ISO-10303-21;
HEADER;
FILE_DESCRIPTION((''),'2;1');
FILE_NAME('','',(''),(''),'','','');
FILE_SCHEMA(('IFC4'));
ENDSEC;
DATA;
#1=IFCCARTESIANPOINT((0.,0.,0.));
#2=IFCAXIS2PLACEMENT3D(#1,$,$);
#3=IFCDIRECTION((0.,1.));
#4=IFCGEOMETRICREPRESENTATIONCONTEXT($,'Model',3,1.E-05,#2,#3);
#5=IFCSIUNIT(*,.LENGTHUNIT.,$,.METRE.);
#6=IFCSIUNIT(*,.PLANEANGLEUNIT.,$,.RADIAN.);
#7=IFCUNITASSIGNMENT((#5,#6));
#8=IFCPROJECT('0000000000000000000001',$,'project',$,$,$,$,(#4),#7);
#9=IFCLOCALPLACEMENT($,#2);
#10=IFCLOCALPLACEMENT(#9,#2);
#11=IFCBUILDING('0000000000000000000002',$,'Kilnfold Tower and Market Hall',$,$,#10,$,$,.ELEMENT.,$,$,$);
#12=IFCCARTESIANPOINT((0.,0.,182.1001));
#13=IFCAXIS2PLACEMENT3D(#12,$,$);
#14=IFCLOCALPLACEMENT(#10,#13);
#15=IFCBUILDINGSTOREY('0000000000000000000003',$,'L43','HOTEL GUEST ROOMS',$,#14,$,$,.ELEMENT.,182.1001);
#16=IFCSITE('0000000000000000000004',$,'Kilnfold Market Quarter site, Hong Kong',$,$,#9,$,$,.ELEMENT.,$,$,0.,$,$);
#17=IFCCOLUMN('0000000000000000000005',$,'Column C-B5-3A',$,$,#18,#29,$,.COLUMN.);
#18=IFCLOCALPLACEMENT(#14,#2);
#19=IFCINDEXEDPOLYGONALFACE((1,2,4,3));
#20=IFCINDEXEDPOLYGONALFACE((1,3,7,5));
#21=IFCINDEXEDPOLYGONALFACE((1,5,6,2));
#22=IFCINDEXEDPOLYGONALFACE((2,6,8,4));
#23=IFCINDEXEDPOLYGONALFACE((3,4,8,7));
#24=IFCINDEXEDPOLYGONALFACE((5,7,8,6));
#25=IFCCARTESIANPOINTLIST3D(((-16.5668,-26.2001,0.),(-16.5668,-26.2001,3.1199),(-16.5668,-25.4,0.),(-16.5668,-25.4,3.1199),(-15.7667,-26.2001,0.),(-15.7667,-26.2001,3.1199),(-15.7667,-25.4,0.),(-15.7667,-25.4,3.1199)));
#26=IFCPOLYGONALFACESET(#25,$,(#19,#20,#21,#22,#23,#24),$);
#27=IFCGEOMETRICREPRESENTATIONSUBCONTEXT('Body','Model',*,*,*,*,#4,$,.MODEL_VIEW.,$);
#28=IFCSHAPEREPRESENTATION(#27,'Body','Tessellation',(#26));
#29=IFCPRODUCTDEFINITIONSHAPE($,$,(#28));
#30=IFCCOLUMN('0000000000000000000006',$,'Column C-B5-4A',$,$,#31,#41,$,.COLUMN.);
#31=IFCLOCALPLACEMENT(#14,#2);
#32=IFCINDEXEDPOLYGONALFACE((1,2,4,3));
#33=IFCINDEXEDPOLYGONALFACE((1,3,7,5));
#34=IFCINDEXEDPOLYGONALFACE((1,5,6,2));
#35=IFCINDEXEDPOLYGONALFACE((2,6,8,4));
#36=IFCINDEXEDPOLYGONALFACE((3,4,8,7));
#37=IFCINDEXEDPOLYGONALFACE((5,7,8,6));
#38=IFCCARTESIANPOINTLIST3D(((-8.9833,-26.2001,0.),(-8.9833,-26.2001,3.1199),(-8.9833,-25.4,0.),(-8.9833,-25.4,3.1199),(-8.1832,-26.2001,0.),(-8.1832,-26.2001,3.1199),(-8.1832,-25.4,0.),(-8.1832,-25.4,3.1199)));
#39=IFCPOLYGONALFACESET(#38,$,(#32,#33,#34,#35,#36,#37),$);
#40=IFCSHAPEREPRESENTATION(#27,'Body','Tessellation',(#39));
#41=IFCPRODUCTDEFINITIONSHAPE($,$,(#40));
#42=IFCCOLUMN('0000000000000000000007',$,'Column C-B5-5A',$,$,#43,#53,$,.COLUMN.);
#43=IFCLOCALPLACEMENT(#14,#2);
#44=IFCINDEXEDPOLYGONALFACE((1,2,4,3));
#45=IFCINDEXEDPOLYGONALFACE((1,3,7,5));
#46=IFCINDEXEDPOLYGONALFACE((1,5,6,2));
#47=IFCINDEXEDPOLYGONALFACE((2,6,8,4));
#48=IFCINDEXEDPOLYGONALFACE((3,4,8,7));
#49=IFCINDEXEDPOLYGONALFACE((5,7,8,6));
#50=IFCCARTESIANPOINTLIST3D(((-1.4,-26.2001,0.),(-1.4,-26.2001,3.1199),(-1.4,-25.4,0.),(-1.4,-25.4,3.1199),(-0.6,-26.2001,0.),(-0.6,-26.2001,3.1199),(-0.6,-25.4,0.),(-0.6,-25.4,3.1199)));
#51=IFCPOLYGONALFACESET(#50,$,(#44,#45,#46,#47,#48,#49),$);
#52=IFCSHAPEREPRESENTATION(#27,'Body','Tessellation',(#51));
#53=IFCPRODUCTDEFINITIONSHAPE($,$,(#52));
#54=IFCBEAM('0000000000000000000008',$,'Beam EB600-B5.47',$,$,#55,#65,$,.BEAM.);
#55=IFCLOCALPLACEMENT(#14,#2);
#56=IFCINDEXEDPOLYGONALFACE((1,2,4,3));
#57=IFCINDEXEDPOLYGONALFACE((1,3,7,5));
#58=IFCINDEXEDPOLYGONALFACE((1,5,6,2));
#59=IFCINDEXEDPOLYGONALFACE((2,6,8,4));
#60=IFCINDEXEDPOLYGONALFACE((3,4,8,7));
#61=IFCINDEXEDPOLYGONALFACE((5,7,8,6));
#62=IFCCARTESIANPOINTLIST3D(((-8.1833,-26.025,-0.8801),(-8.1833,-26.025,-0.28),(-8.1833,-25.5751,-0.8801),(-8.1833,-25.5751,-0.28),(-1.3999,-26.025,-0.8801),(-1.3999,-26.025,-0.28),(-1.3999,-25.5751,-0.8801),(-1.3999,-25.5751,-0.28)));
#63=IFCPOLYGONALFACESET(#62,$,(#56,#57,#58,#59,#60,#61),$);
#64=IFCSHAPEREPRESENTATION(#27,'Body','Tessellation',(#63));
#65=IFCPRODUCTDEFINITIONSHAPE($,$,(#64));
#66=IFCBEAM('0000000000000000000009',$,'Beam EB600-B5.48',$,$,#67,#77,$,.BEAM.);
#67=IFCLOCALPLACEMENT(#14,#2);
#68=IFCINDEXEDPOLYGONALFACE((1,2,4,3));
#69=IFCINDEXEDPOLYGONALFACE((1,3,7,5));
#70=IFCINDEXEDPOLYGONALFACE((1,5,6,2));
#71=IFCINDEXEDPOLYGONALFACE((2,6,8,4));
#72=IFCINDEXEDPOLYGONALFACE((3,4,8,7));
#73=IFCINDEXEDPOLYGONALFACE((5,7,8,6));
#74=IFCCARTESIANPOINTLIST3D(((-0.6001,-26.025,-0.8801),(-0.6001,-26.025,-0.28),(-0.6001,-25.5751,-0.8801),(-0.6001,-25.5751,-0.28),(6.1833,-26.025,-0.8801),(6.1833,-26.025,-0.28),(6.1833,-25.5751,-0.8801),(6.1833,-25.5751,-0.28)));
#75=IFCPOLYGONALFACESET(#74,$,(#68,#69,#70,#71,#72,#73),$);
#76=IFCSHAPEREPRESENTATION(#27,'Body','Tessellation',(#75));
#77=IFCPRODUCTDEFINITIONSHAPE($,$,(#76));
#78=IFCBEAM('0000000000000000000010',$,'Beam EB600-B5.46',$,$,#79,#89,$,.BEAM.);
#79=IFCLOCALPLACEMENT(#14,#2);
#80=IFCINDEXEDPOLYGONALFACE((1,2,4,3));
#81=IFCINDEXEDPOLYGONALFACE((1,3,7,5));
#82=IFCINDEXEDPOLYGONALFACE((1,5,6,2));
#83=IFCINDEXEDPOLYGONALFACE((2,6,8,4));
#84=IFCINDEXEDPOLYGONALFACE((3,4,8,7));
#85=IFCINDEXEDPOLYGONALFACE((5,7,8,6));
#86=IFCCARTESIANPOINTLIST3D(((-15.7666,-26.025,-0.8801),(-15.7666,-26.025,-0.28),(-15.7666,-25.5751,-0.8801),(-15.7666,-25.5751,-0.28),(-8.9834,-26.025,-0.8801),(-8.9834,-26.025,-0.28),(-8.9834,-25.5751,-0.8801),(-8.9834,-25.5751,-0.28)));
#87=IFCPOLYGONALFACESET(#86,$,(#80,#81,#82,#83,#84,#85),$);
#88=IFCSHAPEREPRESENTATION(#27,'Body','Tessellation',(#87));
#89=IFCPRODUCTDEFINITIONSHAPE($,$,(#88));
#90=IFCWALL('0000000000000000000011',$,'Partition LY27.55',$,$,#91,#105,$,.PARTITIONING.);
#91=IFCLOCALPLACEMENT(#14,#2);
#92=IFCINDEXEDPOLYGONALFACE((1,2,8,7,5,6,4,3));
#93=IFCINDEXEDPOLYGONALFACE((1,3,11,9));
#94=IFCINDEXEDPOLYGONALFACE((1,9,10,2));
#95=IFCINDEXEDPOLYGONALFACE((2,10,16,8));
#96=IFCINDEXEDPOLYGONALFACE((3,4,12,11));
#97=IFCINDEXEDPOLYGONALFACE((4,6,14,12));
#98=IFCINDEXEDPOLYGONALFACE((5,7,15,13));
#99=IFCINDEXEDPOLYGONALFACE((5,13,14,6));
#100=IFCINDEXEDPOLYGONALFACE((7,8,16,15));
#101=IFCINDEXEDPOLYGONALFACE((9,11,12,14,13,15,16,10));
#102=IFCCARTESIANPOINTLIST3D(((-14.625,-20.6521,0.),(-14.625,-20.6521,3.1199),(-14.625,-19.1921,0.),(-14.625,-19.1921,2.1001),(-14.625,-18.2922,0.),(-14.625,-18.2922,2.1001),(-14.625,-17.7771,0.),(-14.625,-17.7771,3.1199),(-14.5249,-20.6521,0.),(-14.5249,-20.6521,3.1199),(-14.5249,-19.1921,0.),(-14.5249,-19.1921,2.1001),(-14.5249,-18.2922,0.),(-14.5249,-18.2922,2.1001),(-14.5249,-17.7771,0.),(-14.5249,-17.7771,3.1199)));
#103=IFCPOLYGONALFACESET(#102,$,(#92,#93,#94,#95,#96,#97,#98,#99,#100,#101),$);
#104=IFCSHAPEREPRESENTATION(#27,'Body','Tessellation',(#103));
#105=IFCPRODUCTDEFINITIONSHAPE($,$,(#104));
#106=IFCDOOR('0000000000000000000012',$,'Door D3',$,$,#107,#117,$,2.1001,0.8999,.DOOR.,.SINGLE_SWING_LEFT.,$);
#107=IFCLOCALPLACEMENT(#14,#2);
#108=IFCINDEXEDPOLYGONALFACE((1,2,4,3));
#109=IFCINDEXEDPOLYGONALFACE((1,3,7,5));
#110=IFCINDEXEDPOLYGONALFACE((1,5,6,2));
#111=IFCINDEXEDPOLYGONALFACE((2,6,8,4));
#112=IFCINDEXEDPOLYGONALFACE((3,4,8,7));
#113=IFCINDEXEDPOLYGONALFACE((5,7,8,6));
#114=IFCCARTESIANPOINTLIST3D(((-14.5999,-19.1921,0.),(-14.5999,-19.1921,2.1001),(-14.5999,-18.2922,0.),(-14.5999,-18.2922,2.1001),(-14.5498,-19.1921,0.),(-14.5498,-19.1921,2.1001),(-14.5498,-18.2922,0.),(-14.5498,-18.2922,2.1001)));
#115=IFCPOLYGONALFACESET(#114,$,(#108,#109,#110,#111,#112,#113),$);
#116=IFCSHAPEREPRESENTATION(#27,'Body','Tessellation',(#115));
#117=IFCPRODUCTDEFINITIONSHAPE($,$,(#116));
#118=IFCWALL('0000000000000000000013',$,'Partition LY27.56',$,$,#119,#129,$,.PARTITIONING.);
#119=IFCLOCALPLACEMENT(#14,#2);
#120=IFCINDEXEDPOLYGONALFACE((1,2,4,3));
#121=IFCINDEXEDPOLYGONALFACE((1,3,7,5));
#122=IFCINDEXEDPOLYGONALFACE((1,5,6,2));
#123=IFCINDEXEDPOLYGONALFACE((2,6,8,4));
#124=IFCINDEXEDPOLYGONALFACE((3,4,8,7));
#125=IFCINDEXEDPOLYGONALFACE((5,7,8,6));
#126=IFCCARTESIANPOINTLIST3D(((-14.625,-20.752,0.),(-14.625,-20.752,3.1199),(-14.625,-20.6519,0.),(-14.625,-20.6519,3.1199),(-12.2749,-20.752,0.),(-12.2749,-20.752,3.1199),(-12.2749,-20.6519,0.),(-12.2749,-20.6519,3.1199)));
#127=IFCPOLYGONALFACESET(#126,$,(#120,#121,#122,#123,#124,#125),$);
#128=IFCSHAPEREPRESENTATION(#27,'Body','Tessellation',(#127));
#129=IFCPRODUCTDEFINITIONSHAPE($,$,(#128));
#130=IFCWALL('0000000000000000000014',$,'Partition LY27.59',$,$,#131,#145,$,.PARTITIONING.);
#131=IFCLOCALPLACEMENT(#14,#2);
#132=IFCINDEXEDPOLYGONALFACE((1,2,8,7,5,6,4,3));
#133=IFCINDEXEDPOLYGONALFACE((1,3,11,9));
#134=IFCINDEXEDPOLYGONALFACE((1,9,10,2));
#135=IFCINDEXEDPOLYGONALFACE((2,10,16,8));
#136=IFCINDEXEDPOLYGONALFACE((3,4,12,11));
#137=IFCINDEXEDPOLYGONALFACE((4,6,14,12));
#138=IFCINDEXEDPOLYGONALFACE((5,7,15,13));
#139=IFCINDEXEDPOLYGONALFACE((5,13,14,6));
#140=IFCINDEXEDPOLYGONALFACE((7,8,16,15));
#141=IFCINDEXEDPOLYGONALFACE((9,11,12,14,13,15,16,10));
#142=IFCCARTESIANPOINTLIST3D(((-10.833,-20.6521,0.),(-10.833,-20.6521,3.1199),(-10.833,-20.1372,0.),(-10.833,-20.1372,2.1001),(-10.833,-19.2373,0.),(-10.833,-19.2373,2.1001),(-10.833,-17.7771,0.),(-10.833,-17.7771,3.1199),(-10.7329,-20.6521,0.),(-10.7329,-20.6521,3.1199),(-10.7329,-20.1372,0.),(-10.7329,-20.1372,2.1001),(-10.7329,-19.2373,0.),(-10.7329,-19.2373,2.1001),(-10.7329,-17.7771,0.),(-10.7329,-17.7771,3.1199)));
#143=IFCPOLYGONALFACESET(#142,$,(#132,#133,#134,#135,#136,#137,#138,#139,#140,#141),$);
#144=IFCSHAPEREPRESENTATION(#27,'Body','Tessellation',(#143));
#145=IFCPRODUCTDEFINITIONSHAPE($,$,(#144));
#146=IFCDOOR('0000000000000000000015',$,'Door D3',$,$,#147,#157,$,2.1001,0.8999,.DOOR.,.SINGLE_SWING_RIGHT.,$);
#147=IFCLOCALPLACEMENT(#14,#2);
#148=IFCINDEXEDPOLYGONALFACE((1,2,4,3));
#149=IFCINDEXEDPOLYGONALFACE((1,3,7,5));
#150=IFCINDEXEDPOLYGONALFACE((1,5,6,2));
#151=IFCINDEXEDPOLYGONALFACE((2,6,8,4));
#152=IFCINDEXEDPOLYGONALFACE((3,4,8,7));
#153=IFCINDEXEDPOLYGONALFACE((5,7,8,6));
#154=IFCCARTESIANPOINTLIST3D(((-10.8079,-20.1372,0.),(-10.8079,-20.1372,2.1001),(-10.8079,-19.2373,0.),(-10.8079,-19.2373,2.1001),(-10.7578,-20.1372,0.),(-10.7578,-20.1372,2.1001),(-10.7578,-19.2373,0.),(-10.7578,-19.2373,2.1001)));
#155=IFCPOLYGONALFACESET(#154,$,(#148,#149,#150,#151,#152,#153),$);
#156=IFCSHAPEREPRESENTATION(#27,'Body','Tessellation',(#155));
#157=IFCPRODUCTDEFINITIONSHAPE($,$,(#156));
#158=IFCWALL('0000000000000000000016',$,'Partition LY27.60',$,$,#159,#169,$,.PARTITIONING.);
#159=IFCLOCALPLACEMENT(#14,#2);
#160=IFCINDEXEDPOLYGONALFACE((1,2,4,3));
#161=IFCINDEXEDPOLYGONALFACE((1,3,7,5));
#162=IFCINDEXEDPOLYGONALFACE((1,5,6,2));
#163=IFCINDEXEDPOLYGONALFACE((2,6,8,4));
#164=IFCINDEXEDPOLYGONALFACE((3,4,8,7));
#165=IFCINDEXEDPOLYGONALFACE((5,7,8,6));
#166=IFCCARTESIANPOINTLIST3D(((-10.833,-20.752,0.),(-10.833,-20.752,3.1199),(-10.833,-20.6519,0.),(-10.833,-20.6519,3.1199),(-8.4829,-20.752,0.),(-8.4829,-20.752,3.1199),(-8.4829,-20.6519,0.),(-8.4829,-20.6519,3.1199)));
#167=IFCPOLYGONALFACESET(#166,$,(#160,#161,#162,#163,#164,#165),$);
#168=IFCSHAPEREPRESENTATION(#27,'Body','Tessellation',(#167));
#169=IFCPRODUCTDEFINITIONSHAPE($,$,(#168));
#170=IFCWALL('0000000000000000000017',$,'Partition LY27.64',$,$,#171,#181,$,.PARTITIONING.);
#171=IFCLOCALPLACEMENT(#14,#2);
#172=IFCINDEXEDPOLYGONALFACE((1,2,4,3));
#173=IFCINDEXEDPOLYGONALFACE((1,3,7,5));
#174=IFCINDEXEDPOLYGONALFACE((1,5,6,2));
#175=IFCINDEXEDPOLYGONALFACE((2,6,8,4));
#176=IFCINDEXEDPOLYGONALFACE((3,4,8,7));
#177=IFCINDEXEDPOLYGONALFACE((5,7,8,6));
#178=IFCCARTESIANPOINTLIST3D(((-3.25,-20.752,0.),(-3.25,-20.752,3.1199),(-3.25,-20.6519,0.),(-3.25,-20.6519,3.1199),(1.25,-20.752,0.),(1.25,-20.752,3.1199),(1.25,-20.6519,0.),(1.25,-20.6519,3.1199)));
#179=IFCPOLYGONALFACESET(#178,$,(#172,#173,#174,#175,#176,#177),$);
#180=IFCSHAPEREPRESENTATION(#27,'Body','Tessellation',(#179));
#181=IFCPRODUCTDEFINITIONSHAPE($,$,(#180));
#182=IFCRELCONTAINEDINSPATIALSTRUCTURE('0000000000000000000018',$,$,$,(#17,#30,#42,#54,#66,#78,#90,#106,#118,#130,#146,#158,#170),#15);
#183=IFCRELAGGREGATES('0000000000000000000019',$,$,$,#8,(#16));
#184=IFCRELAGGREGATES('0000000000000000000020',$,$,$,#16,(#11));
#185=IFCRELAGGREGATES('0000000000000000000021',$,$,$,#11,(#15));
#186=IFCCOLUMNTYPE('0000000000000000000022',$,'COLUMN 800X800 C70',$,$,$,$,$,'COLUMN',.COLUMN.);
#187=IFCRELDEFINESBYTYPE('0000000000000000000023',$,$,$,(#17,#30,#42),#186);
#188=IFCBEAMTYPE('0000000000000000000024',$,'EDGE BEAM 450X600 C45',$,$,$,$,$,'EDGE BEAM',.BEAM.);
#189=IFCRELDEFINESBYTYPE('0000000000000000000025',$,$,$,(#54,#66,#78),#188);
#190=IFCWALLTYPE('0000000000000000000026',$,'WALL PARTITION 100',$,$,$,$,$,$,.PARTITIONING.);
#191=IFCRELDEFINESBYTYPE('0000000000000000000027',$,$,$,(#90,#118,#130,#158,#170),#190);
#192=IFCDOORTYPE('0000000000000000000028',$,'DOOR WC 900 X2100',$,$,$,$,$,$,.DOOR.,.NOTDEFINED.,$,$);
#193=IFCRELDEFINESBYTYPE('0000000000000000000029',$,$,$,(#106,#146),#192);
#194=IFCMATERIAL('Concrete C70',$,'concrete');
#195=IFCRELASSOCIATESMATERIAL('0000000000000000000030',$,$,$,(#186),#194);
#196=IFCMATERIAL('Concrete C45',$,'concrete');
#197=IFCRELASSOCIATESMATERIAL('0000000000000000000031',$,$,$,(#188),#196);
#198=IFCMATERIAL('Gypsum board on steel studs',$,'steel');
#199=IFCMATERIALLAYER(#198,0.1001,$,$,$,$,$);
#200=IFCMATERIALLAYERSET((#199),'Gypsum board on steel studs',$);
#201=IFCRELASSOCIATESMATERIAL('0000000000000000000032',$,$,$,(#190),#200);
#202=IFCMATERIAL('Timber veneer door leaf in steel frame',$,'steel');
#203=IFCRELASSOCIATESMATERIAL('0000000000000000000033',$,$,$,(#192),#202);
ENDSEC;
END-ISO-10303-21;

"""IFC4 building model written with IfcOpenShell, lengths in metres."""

from ifc_helpers import new_model, si_unit, direction, frame, frame_2d, origin, origin_2d, place, context, subcontext, project, spatial, rectangle, extrude, source, transform, mapped, material, layer, layer_set, material_profile, profile_set, type_object, element, fill, save


model = new_model("IFC4")

# Units and contexts
model_context = context("Model", 3, precision=1e-05, world=origin(), true_north=direction((0.0, 1.0)))
body_context = subcontext(model_context, "Body", "Model", "MODEL_VIEW")
ifc_project = project(units=[si_unit("LENGTHUNIT", "METRE"), si_unit("PLANEANGLEUNIT", "RADIAN")], contexts=[model_context])

# Site, building, storey
site_placement = place(None, origin())
site = spatial("IfcSite", under=ifc_project, at=site_placement, Name="Kilnfold Market Quarter site, Hong Kong", CompositionType="ELEMENT", RefElevation=0.0)
building_placement = place(site_placement, origin())
building = spatial("IfcBuilding", under=site, at=building_placement, Name="Kilnfold Tower and Market Hall", CompositionType="ELEMENT")
storey_placement = place(building_placement, frame((0.0, 0.0, 182.1001)))
storey = spatial("IfcBuildingStorey", under=building, at=storey_placement, Name="L43", Description="HOTEL GUEST ROOMS", CompositionType="ELEMENT", Elevation=182.1001)

# Columns
ifc_material_1 = material(Name="Concrete C70", Category="concrete")
ifc_material_profile_1 = material_profile(ifc_material_1, rectangle(XDim=0.8, YDim=0.8, at=origin_2d()), Name="RC 800x800")
ifc_profile_set_1 = profile_set([ifc_material_profile_1], Name="Concrete C70")
column_type = type_object("IfcColumnType", Name="COLUMN 800X800 C70", ElementType="COLUMN", PredefinedType="COLUMN", material=ifc_profile_set_1)
shared_shape_1 = source(origin(), body_context, "Body", "SweptSolid", [
    extrude(rectangle(XDim=0.8, YDim=0.8, at=origin_2d()), origin(), (0.0, 0.0, 1.0), 3.1199),
])
for number, where, z_axis, x_axis, name in (
    (1, (-16.1667, -25.8, 0.0), (0.0, 0.0, 1.0), (1.0, 0.0, 0.0), "Column C-B5-3A"),
    (2, (-8.5833, -25.8, 0.0), (0.0, 0.0, 1.0), (1.0, 0.0, 0.0), "Column C-B5-4A"),
    (3, (-1.0, -25.8, 0.0), (0.0, 0.0, 1.0), (1.0, 0.0, 0.0), "Column C-B5-5A"),
):
    element("IfcColumn", number, at=place(storey_placement, frame(where, z_axis=z_axis, x_axis=x_axis)), inside=storey, type_object=column_type, Name=name, PredefinedType="COLUMN", context=body_context, shape_type="MappedRepresentation", body=[
        mapped(shared_shape_1, transform((0.0, 0.0, 0.0))),
    ])

# Beams
ifc_material_2 = material(Name="Concrete C45", Category="concrete")
ifc_material_profile_2 = material_profile(ifc_material_2, rectangle(XDim=0.45, YDim=0.6001, at=origin_2d()), Name="RC 450x600")
ifc_profile_set_2 = profile_set([ifc_material_profile_2], Name="Concrete C45")
beam_type = type_object("IfcBeamType", Name="EDGE BEAM 450X600 C45", ElementType="EDGE BEAM", PredefinedType="BEAM", material=ifc_profile_set_2)
shared_shape_2 = source(origin(), body_context, "Body", "SweptSolid", [
    extrude(rectangle(XDim=0.45, YDim=0.6001, at=origin_2d()), origin(), (0.0, 0.0, 1.0), 6.7834),
])
for number, where, z_axis, x_axis, name in (
    (4, (-8.1833, -25.8, -0.5801), (1.0, 0.0, 0.0), (0.0, 1.0, 0.0), "Beam EB600-B5.47"),
    (5, (-0.6001, -25.8, -0.5801), (1.0, 0.0, 0.0), (0.0, 1.0, 0.0), "Beam EB600-B5.48"),
):
    element("IfcBeam", number, at=place(storey_placement, frame(where, z_axis=z_axis, x_axis=x_axis)), inside=storey, type_object=beam_type, Name=name, PredefinedType="BEAM", context=body_context, shape_type="MappedRepresentation", body=[
        mapped(shared_shape_2, transform((0.0, 0.0, 0.0))),
    ])
shared_shape_3 = source(origin(), body_context, "Body", "SweptSolid", [
    extrude(rectangle(XDim=0.45, YDim=0.6001, at=origin_2d()), origin(), (0.0, 0.0, 1.0), 6.7832),
])
beam_placement = place(storey_placement, frame((-15.7666, -25.8, -0.5801), z_axis=(1.0, 0.0, 0.0), x_axis=(0.0, 1.0, 0.0)))
element("IfcBeam", 6, at=beam_placement, inside=storey, type_object=beam_type, Name="Beam EB600-B5.46", PredefinedType="BEAM", context=body_context, shape_type="MappedRepresentation", body=[
    mapped(shared_shape_3, transform((0.0, 0.0, 0.0))),
])

# Wall, opening, door
ifc_material_3 = material(Name="Gypsum board on steel studs", Category="steel")
ifc_layer_1 = layer(ifc_material_3, 0.1001)
ifc_layer_set_1 = layer_set([ifc_layer_1], Name="Gypsum board on steel studs")
wall_type_1 = type_object("IfcWallType", Name="WALL PARTITION 100", PredefinedType="PARTITIONING", material=ifc_layer_set_1)
wall_1_placement = place(storey_placement, frame((-14.575, -20.6521, 0.0), z_axis=(0.0, 0.0, 1.0), x_axis=(0.0, 1.0, 0.0)))
wall_1 = element("IfcWall", 7, at=wall_1_placement, inside=storey, type_object=wall_type_1, Name="Partition LY27.55", PredefinedType="PARTITIONING", context=body_context, shape_type="SweptSolid", body=[
    extrude(rectangle(XDim=2.875, YDim=0.1001, at=frame_2d((1.4375, 0.0))), origin(), (0.0, 0.0, 1.0), 3.1199),
])
opening_1_placement = place(wall_1_placement, frame((1.46, 0.0, 0.0)))
opening_1 = element("IfcOpeningElement", 8, at=opening_1_placement, cuts=wall_1, PredefinedType="OPENING", context=body_context, shape_type="SweptSolid", body=[
    extrude(rectangle(XDim=0.8999, YDim=2.1001, at=frame_2d((0.45, 1.05))), frame((0.0, 0.0601, 0.0), z_axis=(0.0, -1.0, 0.0), x_axis=(1.0, 0.0, 0.0)), (0.0, 0.0, 1.0), 0.1201),
])
ifc_material_4 = material(Name="Timber veneer door leaf in steel frame", Category="steel")
door_type = type_object("IfcDoorType", Name="DOOR WC 900 X2100", OperationType="NOTDEFINED", PredefinedType="DOOR", material=ifc_material_4)
door_1_placement = place(opening_1_placement, origin())
door_1 = element("IfcDoor", 9, at=door_1_placement, inside=storey, type_object=door_type, Name="Door D3", OperationType="SINGLE_SWING_LEFT", OverallHeight=2.1001, OverallWidth=0.8999, PredefinedType="DOOR", context=body_context, shape_type="SweptSolid", body=[
    extrude(rectangle(XDim=0.8999, YDim=2.1001, at=frame_2d((0.45, 1.05))), frame((0.0, 0.0249, 0.0), z_axis=(0.0, -1.0, 0.0), x_axis=(1.0, 0.0, 0.0)), (0.0, 0.0, 1.0), 0.05),
])
fill(opening_1, door_1)

# Wall
wall_2_placement = place(storey_placement, frame((-14.625, -20.7019, 0.0), z_axis=(0.0, 0.0, 1.0), x_axis=(1.0, 0.0, 0.0)))
element("IfcWall", 10, at=wall_2_placement, inside=storey, type_object=wall_type_1, Name="Partition LY27.56", PredefinedType="PARTITIONING", context=body_context, shape_type="SweptSolid", body=[
    extrude(rectangle(XDim=2.3501, YDim=0.1001, at=frame_2d((1.175, 0.0))), origin(), (0.0, 0.0, 1.0), 3.1199),
])

# Wall, opening, door
wall_3_placement = place(storey_placement, frame((-10.783, -20.6521, 0.0), z_axis=(0.0, 0.0, 1.0), x_axis=(0.0, 1.0, 0.0)))
wall_3 = element("IfcWall", 11, at=wall_3_placement, inside=storey, type_object=wall_type_1, Name="Partition LY27.59", PredefinedType="PARTITIONING", context=body_context, shape_type="SweptSolid", body=[
    extrude(rectangle(XDim=2.875, YDim=0.1001, at=frame_2d((1.4375, 0.0))), origin(), (0.0, 0.0, 1.0), 3.1199),
])
opening_2_placement = place(wall_3_placement, frame((0.5149, 0.0, 0.0)))
opening_2 = element("IfcOpeningElement", 12, at=opening_2_placement, cuts=wall_3, PredefinedType="OPENING", context=body_context, shape_type="SweptSolid", body=[
    extrude(rectangle(XDim=0.8999, YDim=2.1001, at=frame_2d((0.45, 1.05))), frame((0.0, 0.0601, 0.0), z_axis=(0.0, -1.0, 0.0), x_axis=(1.0, 0.0, 0.0)), (0.0, 0.0, 1.0), 0.1201),
])
door_2_placement = place(opening_2_placement, origin())
door_2 = element("IfcDoor", 13, at=door_2_placement, inside=storey, type_object=door_type, Name="Door D3", OperationType="SINGLE_SWING_RIGHT", OverallHeight=2.1001, OverallWidth=0.8999, PredefinedType="DOOR", context=body_context, shape_type="SweptSolid", body=[
    extrude(rectangle(XDim=0.8999, YDim=2.1001, at=frame_2d((0.45, 1.05))), frame((0.0, 0.0249, 0.0), z_axis=(0.0, -1.0, 0.0), x_axis=(1.0, 0.0, 0.0)), (0.0, 0.0, 1.0), 0.05),
])
fill(opening_2, door_2)

# Walls
wall_4_placement = place(storey_placement, frame((-10.833, -20.7019, 0.0), z_axis=(0.0, 0.0, 1.0), x_axis=(1.0, 0.0, 0.0)))
element("IfcWall", 14, at=wall_4_placement, inside=storey, type_object=wall_type_1, Name="Partition LY27.60", PredefinedType="PARTITIONING", context=body_context, shape_type="SweptSolid", body=[
    extrude(rectangle(XDim=2.3501, YDim=0.1001, at=frame_2d((1.175, 0.0))), origin(), (0.0, 0.0, 1.0), 3.1199),
])
wall_5_placement = place(storey_placement, frame((-3.25, -20.7019, 0.0), z_axis=(0.0, 0.0, 1.0), x_axis=(1.0, 0.0, 0.0)))
element("IfcWall", 15, at=wall_5_placement, inside=storey, type_object=wall_type_1, Name="Partition LY27.64", PredefinedType="PARTITIONING", context=body_context, shape_type="SweptSolid", body=[
    extrude(rectangle(XDim=4.5, YDim=0.1001, at=frame_2d((2.25, 0.0))), origin(), (0.0, 0.0, 1.0), 3.1199),
])

save(model, "model.ifc")
